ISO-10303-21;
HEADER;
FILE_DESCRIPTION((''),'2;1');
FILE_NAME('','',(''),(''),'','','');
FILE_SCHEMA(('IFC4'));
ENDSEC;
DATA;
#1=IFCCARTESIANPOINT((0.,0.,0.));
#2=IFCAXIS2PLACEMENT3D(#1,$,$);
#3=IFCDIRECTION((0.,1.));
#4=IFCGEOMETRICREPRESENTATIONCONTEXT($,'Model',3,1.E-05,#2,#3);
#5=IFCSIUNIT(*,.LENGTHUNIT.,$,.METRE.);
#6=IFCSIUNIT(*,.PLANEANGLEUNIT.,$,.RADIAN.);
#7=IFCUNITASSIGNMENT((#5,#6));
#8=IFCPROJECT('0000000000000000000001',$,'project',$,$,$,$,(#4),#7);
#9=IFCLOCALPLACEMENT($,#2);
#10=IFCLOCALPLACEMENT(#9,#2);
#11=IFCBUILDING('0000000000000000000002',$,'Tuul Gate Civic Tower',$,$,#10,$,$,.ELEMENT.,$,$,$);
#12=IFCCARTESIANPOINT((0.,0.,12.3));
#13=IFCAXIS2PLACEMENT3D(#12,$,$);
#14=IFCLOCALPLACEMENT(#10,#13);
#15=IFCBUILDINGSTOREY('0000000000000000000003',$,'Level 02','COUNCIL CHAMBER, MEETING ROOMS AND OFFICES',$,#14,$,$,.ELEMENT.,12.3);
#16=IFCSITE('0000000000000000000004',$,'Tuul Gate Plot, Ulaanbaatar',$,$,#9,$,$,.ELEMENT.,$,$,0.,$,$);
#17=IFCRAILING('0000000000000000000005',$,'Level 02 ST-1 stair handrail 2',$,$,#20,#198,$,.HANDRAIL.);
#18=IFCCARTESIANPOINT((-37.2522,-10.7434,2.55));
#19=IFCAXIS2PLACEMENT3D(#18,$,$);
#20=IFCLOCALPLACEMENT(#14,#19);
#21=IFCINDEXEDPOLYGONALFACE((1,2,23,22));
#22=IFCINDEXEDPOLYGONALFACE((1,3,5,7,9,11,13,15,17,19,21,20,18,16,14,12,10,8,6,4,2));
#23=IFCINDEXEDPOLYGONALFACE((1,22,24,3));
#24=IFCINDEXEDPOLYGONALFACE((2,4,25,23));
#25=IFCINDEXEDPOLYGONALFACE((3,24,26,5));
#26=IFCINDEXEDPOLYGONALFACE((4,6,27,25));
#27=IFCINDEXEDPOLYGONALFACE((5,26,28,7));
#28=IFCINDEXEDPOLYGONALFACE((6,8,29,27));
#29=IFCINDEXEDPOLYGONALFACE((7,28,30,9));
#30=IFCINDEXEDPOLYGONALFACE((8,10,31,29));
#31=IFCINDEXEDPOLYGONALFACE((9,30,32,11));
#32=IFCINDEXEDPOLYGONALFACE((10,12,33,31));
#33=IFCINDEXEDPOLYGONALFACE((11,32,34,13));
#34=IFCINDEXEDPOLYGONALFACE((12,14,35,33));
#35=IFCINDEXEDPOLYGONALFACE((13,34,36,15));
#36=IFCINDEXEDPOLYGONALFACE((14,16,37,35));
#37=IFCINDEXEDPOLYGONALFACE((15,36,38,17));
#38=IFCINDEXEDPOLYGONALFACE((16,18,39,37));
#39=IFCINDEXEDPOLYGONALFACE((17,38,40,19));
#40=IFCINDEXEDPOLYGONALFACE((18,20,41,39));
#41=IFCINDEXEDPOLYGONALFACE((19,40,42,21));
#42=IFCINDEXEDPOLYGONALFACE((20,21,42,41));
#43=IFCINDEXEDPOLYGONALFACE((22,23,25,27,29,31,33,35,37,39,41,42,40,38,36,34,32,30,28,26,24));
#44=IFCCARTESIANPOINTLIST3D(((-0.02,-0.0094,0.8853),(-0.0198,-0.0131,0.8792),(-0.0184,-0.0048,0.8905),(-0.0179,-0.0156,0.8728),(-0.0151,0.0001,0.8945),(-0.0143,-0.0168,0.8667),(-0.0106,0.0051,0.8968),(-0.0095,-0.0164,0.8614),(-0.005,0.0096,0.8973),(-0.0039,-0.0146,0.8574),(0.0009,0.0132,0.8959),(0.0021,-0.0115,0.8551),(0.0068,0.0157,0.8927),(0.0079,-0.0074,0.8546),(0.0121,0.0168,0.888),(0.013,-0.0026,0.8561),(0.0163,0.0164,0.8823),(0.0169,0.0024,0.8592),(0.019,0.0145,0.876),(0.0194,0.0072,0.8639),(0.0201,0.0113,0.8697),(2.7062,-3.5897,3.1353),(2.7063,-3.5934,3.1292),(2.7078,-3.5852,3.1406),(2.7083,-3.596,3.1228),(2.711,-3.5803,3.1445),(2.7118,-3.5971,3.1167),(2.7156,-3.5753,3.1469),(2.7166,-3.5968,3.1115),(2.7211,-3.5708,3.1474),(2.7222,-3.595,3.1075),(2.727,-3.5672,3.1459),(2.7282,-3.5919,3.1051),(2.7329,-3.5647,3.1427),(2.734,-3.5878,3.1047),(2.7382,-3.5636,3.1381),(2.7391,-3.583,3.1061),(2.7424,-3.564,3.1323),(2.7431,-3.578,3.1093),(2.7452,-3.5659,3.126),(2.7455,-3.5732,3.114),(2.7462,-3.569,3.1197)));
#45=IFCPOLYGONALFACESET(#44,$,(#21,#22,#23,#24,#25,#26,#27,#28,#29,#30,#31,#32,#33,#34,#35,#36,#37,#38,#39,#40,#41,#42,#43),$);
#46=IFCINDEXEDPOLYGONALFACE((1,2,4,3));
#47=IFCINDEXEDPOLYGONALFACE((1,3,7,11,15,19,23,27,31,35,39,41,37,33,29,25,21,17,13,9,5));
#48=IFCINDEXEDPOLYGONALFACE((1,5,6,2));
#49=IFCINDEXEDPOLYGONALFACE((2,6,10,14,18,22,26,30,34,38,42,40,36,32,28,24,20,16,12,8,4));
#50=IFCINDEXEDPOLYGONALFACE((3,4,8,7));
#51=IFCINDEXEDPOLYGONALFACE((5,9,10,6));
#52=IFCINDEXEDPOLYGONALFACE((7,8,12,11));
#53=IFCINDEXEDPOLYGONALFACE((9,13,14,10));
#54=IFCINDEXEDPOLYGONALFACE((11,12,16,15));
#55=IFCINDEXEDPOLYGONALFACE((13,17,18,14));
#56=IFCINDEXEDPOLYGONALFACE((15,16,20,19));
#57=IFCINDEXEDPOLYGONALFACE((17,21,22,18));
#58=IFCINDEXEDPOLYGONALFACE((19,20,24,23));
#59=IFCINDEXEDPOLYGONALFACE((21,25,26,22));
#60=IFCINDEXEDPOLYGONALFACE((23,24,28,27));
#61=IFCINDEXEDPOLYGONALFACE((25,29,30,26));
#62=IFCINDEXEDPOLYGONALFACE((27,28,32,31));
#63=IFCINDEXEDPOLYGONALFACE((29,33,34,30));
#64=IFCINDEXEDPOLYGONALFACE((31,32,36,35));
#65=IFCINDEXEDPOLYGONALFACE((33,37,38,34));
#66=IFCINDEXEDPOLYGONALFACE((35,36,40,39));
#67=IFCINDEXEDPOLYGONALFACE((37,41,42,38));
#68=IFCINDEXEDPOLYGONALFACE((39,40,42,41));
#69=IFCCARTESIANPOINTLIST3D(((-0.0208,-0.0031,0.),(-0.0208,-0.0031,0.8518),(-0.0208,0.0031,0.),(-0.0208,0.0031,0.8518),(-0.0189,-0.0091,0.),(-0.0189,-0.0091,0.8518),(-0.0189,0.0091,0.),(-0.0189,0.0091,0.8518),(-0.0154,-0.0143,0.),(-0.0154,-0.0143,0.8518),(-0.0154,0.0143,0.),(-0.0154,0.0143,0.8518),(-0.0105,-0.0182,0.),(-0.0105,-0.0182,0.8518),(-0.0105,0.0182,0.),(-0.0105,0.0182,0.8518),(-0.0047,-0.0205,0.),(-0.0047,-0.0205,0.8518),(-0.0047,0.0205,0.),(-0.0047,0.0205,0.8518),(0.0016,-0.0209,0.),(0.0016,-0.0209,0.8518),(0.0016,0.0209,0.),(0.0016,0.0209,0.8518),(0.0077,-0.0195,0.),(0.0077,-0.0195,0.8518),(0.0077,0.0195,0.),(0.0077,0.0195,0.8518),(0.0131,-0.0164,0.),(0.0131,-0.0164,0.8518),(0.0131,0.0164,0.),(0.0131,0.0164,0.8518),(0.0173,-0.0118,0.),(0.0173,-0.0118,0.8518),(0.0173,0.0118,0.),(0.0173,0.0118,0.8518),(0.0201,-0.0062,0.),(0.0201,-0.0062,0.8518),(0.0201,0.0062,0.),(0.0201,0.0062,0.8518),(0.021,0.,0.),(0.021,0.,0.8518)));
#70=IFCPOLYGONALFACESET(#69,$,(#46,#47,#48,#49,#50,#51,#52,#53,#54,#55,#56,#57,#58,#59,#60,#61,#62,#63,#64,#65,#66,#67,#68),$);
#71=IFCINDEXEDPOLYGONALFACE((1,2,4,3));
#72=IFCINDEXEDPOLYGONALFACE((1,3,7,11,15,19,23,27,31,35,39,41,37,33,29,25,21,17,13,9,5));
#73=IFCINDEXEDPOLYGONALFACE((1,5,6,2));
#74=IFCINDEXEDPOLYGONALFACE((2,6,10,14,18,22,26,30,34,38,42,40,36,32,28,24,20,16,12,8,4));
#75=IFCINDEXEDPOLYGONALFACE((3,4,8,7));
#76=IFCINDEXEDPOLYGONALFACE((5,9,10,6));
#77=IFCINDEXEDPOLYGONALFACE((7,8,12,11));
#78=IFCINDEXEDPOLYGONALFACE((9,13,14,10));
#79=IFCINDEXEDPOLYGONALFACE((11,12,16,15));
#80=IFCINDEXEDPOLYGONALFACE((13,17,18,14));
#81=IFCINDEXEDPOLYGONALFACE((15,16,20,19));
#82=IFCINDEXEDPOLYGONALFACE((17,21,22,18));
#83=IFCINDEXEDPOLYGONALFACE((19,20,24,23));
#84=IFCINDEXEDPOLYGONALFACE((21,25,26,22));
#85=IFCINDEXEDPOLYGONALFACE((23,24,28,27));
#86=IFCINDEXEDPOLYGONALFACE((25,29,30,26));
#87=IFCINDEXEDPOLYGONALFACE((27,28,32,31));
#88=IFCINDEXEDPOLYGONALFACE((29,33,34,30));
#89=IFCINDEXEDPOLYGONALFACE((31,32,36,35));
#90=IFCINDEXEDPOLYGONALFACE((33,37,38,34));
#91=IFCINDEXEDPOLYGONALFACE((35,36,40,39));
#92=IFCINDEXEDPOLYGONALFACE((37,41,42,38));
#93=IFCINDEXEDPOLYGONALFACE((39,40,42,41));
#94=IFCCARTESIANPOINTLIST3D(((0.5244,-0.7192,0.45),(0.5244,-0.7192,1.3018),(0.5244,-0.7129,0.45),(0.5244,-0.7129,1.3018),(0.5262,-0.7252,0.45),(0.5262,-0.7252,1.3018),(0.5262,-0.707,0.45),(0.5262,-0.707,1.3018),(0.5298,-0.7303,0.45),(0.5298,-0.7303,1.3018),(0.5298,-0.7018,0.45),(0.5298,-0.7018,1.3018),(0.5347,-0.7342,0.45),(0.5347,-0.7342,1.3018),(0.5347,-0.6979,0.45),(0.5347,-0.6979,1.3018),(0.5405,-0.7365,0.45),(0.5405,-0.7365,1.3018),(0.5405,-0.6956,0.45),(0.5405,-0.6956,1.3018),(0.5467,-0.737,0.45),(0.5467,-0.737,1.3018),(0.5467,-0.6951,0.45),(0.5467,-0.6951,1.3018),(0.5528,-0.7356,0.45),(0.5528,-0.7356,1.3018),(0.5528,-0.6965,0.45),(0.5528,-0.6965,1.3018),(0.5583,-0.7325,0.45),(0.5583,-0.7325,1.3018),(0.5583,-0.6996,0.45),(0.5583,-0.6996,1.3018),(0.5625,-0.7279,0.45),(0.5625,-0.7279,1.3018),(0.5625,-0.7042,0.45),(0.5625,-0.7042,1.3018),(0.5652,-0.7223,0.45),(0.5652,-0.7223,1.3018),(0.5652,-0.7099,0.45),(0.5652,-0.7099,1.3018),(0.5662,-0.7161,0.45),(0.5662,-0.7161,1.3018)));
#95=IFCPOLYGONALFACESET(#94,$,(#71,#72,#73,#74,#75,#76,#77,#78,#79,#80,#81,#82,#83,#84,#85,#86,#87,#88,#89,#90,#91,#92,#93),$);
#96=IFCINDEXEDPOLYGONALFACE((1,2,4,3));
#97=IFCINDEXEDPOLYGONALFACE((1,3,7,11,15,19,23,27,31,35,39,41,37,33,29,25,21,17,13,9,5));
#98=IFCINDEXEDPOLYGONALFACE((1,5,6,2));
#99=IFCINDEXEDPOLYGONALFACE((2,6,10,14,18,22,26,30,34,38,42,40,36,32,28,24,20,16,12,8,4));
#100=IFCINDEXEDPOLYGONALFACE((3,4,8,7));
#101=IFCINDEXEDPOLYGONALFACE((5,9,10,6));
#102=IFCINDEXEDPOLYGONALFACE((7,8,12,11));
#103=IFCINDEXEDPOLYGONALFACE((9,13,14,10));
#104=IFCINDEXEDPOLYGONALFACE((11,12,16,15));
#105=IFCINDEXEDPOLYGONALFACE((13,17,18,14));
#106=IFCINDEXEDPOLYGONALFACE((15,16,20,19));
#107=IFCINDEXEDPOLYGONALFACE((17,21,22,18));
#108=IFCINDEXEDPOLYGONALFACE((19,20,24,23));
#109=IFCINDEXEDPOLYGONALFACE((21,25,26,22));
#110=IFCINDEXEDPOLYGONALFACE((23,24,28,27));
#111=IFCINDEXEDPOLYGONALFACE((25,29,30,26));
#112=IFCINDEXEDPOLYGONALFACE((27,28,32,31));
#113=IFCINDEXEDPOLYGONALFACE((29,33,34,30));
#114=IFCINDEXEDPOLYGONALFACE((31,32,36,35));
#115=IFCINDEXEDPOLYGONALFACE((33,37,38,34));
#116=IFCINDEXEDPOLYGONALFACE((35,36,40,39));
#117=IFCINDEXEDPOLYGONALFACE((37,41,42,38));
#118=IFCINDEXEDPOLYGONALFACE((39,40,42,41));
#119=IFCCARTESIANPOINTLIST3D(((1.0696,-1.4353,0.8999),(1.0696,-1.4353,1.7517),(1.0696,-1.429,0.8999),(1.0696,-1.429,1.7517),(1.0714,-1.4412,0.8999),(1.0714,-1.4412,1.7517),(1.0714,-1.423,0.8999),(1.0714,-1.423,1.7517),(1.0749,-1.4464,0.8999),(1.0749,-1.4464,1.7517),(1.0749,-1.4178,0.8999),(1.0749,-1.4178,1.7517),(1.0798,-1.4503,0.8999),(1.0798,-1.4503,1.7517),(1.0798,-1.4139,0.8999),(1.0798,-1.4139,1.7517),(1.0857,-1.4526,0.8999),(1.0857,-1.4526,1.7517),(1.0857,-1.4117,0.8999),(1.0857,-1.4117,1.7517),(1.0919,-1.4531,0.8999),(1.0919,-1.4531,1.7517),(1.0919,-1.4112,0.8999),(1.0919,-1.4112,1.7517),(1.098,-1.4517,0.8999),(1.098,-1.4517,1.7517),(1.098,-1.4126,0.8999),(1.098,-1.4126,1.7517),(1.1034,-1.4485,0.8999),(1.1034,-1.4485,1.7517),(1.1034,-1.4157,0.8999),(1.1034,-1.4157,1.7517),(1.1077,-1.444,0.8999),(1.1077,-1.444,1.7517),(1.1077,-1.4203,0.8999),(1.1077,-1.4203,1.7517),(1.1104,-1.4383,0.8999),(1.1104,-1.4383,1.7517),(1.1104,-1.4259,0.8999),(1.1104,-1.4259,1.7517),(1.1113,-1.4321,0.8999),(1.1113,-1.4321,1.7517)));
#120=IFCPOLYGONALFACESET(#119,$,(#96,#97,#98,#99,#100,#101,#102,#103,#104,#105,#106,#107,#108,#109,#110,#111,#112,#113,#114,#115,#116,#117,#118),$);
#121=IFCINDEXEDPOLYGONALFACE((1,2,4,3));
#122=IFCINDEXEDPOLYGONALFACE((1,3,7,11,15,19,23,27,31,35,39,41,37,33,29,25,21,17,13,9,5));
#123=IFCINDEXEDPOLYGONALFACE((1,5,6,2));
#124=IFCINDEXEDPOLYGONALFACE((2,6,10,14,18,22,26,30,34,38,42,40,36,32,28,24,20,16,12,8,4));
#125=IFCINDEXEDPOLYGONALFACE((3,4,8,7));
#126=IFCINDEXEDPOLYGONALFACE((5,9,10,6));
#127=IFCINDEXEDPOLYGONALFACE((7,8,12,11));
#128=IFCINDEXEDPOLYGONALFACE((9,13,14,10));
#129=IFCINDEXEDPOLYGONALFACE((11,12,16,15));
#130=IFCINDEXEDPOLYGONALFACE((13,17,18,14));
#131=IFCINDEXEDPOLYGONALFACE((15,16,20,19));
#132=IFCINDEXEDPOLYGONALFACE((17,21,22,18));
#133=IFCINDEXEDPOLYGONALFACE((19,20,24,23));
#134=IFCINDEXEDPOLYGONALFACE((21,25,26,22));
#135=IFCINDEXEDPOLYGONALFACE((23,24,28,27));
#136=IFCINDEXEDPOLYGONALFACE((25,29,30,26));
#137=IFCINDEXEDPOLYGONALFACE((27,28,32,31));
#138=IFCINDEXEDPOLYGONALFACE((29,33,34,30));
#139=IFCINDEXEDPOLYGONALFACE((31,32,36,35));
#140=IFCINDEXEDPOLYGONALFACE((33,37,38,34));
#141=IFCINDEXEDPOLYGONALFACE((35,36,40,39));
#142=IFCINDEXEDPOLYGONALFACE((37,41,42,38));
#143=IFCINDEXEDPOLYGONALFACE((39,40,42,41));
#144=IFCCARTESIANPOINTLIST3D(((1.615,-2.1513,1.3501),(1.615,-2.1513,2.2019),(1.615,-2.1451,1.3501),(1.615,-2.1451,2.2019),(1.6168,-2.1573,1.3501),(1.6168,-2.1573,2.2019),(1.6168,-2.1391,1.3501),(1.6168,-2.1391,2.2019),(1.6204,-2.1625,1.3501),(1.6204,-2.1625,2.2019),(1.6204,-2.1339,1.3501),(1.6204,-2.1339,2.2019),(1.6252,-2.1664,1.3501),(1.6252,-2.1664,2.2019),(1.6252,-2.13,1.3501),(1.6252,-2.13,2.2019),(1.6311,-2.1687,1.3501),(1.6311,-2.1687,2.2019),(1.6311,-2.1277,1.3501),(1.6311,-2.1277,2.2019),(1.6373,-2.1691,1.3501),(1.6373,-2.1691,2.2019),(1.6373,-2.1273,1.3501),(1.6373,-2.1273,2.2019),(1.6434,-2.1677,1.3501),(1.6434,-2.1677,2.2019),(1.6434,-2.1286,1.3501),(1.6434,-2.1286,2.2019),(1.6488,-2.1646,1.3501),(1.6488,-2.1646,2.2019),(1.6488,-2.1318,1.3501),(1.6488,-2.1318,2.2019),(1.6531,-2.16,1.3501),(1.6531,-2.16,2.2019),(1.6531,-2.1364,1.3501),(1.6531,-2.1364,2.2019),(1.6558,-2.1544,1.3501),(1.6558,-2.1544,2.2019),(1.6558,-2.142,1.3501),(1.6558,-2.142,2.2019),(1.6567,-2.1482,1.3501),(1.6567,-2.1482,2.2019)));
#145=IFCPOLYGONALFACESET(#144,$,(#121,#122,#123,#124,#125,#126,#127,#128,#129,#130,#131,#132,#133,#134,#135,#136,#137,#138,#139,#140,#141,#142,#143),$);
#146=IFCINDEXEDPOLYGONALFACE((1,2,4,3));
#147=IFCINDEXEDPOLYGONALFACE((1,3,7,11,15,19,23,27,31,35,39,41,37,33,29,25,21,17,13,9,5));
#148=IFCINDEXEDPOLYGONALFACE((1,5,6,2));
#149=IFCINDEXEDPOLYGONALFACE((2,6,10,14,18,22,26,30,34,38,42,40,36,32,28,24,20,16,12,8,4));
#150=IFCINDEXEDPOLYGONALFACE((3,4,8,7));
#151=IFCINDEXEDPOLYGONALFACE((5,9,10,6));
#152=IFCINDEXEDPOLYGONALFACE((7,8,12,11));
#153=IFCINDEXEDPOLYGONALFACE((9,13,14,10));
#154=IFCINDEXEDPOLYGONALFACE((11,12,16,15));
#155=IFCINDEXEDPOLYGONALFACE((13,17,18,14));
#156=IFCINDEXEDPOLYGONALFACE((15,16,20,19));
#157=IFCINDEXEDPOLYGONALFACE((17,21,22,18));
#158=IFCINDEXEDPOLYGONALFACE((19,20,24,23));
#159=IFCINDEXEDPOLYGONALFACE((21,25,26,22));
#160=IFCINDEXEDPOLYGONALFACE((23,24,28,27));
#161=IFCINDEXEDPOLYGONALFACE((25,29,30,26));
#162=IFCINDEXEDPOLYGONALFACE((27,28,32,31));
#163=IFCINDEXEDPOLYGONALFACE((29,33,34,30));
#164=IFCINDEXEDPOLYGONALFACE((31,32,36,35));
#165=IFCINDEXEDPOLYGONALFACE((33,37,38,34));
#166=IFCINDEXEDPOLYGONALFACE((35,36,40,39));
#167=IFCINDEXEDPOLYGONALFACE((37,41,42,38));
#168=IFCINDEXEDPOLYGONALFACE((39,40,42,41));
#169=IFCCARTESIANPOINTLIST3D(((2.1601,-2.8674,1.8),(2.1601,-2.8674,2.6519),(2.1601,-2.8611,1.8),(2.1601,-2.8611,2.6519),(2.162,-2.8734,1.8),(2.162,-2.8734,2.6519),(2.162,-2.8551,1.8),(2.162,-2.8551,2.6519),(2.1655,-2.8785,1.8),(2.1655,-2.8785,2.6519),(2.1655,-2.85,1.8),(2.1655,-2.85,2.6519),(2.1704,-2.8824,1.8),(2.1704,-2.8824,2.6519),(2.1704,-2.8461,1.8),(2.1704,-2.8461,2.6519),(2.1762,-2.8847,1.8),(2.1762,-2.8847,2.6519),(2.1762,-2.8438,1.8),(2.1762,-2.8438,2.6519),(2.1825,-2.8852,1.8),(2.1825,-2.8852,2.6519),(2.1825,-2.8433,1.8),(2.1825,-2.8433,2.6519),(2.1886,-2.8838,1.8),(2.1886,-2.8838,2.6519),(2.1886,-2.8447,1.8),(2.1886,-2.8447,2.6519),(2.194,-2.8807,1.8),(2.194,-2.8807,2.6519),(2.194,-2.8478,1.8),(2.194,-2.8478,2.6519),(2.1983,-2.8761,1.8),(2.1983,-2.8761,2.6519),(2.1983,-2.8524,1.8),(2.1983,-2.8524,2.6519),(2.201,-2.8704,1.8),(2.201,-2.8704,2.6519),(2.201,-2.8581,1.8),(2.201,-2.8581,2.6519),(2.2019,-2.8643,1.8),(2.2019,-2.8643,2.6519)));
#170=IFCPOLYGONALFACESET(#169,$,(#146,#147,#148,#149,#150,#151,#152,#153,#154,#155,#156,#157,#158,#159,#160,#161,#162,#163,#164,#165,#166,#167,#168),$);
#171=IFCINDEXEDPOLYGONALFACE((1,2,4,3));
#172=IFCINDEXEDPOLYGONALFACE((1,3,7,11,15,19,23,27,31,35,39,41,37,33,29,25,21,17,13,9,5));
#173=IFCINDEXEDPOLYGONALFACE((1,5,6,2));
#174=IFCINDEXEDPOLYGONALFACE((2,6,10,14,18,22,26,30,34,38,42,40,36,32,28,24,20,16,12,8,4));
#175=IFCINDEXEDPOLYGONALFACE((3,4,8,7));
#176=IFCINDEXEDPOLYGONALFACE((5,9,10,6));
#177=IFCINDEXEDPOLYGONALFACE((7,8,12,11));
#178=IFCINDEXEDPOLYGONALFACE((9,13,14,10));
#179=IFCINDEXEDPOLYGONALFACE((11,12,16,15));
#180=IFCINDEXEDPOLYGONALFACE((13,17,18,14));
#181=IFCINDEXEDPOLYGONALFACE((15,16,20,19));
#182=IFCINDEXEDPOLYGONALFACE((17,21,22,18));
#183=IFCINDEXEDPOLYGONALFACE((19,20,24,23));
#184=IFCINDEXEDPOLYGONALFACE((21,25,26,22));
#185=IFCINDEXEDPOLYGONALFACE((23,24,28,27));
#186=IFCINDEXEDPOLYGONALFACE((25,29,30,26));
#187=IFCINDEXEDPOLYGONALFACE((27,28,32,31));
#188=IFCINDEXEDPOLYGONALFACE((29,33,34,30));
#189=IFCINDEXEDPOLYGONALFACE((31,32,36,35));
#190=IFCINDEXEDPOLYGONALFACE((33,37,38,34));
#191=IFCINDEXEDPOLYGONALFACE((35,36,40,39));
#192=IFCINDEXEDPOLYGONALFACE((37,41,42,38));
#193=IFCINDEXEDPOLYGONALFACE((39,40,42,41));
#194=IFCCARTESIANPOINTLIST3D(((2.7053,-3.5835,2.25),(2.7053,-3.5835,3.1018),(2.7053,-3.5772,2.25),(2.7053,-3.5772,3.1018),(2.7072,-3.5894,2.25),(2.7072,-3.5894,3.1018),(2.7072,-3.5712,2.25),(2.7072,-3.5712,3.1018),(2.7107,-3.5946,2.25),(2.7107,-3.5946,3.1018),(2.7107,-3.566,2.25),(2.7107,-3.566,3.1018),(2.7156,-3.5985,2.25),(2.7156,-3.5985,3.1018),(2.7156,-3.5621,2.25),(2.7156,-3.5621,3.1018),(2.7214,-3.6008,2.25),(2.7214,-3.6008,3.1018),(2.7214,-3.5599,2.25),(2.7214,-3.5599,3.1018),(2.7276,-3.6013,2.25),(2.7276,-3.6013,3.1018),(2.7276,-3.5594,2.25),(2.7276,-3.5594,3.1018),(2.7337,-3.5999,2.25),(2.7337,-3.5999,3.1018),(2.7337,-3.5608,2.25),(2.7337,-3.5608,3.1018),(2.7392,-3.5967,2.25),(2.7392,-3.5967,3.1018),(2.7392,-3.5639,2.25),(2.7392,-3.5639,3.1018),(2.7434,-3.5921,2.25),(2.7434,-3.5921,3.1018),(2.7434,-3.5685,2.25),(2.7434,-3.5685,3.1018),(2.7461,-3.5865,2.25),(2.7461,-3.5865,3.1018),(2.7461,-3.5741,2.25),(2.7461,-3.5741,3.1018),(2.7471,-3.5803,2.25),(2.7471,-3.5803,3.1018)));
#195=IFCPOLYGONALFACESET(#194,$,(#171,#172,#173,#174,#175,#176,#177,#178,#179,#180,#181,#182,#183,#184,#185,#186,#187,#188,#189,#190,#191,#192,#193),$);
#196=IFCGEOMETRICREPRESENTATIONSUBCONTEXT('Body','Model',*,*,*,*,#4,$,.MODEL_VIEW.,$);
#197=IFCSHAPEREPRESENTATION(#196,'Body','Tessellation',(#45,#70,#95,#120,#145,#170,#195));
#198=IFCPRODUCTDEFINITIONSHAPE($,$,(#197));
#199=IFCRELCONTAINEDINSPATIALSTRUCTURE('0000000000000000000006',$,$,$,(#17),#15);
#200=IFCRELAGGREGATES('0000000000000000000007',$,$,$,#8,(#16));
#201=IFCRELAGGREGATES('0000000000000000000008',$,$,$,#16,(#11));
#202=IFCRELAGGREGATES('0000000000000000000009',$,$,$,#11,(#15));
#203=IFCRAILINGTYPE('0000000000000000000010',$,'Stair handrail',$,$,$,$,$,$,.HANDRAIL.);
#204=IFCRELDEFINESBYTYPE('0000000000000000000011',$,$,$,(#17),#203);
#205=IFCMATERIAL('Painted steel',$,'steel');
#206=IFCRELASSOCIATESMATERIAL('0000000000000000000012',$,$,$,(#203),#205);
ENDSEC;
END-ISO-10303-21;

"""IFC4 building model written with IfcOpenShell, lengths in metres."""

from ifc_helpers import new_model, si_unit, direction, frame, origin, origin_2d, place, context, subcontext, project, spatial, circle, extrude, material, type_object, element, save


model = new_model("IFC4")

# Units and contexts
model_context = context("Model", 3, precision=1e-05, world=origin(), true_north=direction((0.0, 1.0)))
body_context = subcontext(model_context, "Body", "Model", "MODEL_VIEW")
ifc_project = project(units=[si_unit("LENGTHUNIT", "METRE"), si_unit("PLANEANGLEUNIT", "RADIAN")], contexts=[model_context])

# Site, building, storey
site_placement = place(None, origin())
site = spatial("IfcSite", under=ifc_project, at=site_placement, Name="Tuul Gate Plot, Ulaanbaatar", CompositionType="ELEMENT", RefElevation=0.0)
building_placement = place(site_placement, origin())
building = spatial("IfcBuilding", under=site, at=building_placement, Name="Tuul Gate Civic Tower", CompositionType="ELEMENT")
storey_placement = place(building_placement, frame((0.0, 0.0, 12.3)))
storey = spatial("IfcBuildingStorey", under=building, at=storey_placement, Name="Level 02", Description="COUNCIL CHAMBER, MEETING ROOMS AND OFFICES", CompositionType="ELEMENT", Elevation=12.3)

# Railing
ifc_material_1 = material(Name="Painted steel", Category="steel")
railing_type_1 = type_object("IfcRailingType", Name="Stair handrail", PredefinedType="HANDRAIL", material=ifc_material_1)
railing_1_placement = place(storey_placement, frame((-37.2522, -10.7434, 2.55)))
element("IfcRailing", 1, at=railing_1_placement, inside=storey, type_object=railing_type_1, Name="Level 02 ST-1 stair handrail 2", PredefinedType="HANDRAIL", context=body_context, shape_type="SweptSolid", body=[
    extrude(circle(Radius=0.0239, at=origin_2d()), frame((0.0, 0.0, 0.876), z_axis=(0.541837, -0.711628, 0.447212), x_axis=(0.795623, 0.605791, 0.0)), (0.0, 0.0, 1.0), 5.0312),
    extrude(circle(Radius=0.021, at=origin_2d()), origin(), (0.0, 0.0, 1.0), 0.8518),
    extrude(circle(Radius=0.021, at=origin_2d()), frame((0.5452, -0.7161, 0.45)), (0.0, 0.0, 1.0), 0.8518),
    extrude(circle(Radius=0.021, at=origin_2d()), frame((1.0903, -1.4321, 0.8999)), (0.0, 0.0, 1.0), 0.8518),
    extrude(circle(Radius=0.021, at=origin_2d()), frame((1.6357, -2.1482, 1.3501)), (0.0, 0.0, 1.0), 0.8518),
    extrude(circle(Radius=0.021, at=origin_2d()), frame((2.1809, -2.8643, 1.8)), (0.0, 0.0, 1.0), 0.8518),
    extrude(circle(Radius=0.021, at=origin_2d()), frame((2.7261, -3.5803, 2.25)), (0.0, 0.0, 1.0), 0.8518),
])

save(model, "model.ifc")
